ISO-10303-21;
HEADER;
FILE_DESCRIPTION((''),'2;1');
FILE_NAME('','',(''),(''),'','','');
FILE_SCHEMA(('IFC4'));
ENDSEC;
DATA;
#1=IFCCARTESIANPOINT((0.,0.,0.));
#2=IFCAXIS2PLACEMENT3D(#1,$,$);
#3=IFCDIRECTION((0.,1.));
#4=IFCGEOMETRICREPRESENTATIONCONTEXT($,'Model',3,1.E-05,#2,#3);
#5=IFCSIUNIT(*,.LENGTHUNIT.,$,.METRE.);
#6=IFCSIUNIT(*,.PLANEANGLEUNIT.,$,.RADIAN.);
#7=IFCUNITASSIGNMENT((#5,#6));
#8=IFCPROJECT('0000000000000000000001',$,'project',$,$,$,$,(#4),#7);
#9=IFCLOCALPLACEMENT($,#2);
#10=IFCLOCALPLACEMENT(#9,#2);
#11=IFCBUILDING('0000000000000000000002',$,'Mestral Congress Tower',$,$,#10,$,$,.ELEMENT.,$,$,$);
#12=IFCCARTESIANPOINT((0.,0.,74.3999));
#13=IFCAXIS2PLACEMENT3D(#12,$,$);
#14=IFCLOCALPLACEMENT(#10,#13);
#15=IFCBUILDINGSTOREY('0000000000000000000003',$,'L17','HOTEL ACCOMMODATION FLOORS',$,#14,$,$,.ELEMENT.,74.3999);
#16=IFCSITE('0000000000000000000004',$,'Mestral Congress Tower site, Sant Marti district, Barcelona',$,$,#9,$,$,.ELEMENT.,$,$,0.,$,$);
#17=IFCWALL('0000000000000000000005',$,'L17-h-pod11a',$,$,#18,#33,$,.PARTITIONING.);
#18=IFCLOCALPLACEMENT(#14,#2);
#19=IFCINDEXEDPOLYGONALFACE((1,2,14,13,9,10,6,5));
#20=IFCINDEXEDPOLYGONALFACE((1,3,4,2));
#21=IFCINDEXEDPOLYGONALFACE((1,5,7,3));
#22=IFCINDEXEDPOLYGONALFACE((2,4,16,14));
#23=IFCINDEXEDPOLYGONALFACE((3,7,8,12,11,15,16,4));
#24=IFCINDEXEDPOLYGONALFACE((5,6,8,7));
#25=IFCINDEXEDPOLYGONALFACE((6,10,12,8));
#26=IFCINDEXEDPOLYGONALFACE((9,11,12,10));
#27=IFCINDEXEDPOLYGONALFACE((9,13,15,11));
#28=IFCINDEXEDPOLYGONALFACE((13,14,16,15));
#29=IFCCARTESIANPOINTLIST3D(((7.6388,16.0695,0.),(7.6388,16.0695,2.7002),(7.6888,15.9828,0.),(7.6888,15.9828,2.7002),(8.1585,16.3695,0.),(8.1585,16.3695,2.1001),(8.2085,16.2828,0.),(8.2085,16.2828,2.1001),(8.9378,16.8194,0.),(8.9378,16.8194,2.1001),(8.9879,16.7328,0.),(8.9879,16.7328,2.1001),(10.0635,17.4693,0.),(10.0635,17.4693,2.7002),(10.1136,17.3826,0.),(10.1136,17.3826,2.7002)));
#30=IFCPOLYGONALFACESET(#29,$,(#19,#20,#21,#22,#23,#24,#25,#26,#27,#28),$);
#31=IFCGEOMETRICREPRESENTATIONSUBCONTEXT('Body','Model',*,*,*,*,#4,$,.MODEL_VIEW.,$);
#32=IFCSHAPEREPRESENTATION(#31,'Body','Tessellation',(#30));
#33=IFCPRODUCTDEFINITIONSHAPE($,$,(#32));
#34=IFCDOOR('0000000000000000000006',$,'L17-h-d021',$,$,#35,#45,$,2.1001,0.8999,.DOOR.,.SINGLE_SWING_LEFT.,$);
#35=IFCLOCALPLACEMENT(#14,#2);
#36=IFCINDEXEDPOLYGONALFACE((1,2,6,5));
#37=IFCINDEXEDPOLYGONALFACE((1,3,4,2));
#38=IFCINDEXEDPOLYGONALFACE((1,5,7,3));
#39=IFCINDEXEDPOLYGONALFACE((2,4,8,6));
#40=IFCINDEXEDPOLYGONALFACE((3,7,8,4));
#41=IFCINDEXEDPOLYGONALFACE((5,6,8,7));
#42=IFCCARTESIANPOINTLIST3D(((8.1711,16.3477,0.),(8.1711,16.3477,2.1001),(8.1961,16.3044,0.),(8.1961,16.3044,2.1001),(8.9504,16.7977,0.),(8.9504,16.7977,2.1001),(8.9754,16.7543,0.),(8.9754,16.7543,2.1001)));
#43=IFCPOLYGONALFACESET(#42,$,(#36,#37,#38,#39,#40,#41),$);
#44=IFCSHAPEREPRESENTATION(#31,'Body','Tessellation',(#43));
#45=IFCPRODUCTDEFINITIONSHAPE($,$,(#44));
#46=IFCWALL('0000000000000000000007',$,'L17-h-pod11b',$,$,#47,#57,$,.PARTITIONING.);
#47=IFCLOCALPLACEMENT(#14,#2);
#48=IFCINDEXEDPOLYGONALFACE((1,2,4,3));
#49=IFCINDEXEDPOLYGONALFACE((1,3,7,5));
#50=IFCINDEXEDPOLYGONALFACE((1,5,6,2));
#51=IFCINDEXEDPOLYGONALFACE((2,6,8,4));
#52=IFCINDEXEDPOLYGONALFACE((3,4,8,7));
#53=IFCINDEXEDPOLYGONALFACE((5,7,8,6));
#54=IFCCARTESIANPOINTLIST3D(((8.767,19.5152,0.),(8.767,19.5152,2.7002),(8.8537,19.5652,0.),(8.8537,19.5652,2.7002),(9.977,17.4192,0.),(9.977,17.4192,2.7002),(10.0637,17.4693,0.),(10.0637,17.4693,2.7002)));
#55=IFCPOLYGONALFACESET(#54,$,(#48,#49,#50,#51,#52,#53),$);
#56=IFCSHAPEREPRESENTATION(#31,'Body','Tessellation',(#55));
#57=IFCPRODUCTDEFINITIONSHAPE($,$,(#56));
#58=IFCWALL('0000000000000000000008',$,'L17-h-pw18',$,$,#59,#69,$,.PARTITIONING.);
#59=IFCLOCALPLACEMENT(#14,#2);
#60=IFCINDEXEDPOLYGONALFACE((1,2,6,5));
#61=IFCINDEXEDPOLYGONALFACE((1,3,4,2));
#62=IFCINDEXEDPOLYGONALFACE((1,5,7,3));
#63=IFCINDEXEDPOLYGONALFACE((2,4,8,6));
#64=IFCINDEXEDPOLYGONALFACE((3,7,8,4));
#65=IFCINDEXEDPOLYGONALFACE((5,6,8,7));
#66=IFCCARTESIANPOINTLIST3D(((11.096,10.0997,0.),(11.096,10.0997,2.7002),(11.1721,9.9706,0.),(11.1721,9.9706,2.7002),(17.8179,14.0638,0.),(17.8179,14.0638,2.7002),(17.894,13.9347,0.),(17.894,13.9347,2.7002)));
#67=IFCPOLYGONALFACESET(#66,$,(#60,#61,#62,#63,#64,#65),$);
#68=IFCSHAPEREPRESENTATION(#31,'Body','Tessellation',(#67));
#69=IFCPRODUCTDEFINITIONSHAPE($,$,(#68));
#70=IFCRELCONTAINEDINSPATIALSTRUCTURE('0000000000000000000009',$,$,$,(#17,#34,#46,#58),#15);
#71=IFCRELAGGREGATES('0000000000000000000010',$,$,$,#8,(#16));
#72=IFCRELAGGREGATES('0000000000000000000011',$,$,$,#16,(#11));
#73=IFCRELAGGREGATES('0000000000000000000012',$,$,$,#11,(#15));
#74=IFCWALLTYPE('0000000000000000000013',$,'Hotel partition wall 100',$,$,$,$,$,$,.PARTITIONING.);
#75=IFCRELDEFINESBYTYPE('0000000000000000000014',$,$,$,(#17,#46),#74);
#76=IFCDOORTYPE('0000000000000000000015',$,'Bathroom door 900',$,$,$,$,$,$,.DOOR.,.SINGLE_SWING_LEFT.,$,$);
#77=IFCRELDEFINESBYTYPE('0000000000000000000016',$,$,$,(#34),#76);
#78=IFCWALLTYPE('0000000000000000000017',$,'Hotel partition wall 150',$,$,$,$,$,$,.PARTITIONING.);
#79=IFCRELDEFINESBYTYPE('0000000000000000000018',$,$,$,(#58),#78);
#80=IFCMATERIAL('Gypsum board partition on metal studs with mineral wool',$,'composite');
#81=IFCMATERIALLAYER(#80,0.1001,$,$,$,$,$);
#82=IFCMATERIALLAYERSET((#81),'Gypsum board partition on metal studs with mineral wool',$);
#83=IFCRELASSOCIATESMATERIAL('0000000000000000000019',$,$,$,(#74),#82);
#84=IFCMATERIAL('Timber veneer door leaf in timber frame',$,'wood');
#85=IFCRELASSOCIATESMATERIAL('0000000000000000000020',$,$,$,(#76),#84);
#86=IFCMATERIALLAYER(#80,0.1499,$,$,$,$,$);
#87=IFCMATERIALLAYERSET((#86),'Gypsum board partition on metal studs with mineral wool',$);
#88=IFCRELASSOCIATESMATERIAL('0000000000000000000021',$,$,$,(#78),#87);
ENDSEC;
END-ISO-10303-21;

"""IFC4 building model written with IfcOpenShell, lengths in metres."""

from ifc_helpers import new_model, si_unit, direction, frame, frame_2d, origin, place, context, subcontext, project, spatial, rectangle, extrude, material, layer, layer_set, type_object, element, fill, save


model = new_model("IFC4")

# Units and contexts
model_context = context("Model", 3, precision=1e-05, world=origin(), true_north=direction((0.0, 1.0)))
body_context = subcontext(model_context, "Body", "Model", "MODEL_VIEW")
ifc_project = project(units=[si_unit("LENGTHUNIT", "METRE"), si_unit("PLANEANGLEUNIT", "RADIAN")], contexts=[model_context])

# Site, building, storey
site_placement = place(None, origin())
site = spatial("IfcSite", under=ifc_project, at=site_placement, Name="Mestral Congress Tower site, Sant Marti district, Barcelona", CompositionType="ELEMENT", RefElevation=0.0)
building_placement = place(site_placement, origin())
building = spatial("IfcBuilding", under=site, at=building_placement, Name="Mestral Congress Tower", CompositionType="ELEMENT")
storey_placement = place(building_placement, frame((0.0, 0.0, 74.3999)))
storey = spatial("IfcBuildingStorey", under=building, at=storey_placement, Name="L17", Description="HOTEL ACCOMMODATION FLOORS", CompositionType="ELEMENT", Elevation=74.3999)

# Wall, opening, door
ifc_material_1 = material(Name="Gypsum board partition on metal studs with mineral wool", Category="composite")
ifc_layer_1 = layer(ifc_material_1, 0.1001)
ifc_layer_set_1 = layer_set([ifc_layer_1], Name="Gypsum board partition on metal studs with mineral wool")
wall_type_1 = type_object("IfcWallType", Name="Hotel partition wall 100", PredefinedType="PARTITIONING", material=ifc_layer_set_1)
wall_1_placement = place(storey_placement, frame((7.6638, 16.0261, 0.0), z_axis=(0.0, 0.0, 1.0), x_axis=(0.866035, 0.499984, 0.0)))
wall_1 = element("IfcWall", 1, at=wall_1_placement, inside=storey, type_object=wall_type_1, Name="L17-h-pod11a", PredefinedType="PARTITIONING", context=body_context, shape_type="SweptSolid", body=[
    extrude(rectangle(XDim=2.7998, YDim=0.1001, at=frame_2d((1.3999, 0.0))), origin(), (0.0, 0.0, 1.0), 2.7002),
])
opening_1_placement = place(wall_1_placement, frame((0.6001, 0.0, 0.0)))
opening_1 = element("IfcOpeningElement", 2, at=opening_1_placement, cuts=wall_1, PredefinedType="OPENING", context=body_context, shape_type="SweptSolid", body=[
    extrude(rectangle(XDim=0.8999, YDim=2.1001, at=frame_2d((0.45, 1.05))), frame((0.0, 0.0601, 0.0), z_axis=(0.0, -1.0, 0.0), x_axis=(1.0, 0.0, 0.0)), (0.0, 0.0, 1.0), 0.1201),
])
ifc_material_2 = material(Name="Timber veneer door leaf in timber frame", Category="wood")
door_type = type_object("IfcDoorType", Name="Bathroom door 900", OperationType="SINGLE_SWING_LEFT", PredefinedType="DOOR", material=ifc_material_2)
door_placement = place(opening_1_placement, origin())
door = element("IfcDoor", 3, at=door_placement, inside=storey, type_object=door_type, Name="L17-h-d021", OperationType="SINGLE_SWING_LEFT", OverallHeight=2.1001, OverallWidth=0.8999, PredefinedType="DOOR", context=body_context, shape_type="SweptSolid", body=[
    extrude(rectangle(XDim=0.8999, YDim=2.1001, at=frame_2d((0.45, 1.05))), frame((0.0, 0.0249, 0.0), z_axis=(0.0, -1.0, 0.0), x_axis=(1.0, 0.0, 0.0)), (0.0, 0.0, 1.0), 0.05),
])
fill(opening_1, door)

# Walls
wall_2_placement = place(storey_placement, frame((10.0203, 17.4443, 0.0), z_axis=(0.0, 0.0, 1.0), x_axis=(-0.499958, 0.86605, 0.0)))
element("IfcWall", 4, at=wall_2_placement, inside=storey, type_object=wall_type_1, Name="L17-h-pod11b", PredefinedType="PARTITIONING", context=body_context, shape_type="SweptSolid", body=[
    extrude(rectangle(XDim=2.4202, YDim=0.1001, at=frame_2d((1.21, 0.0))), origin(), (0.0, 0.0, 1.0), 2.7002),
])
ifc_layer_2 = layer(ifc_material_1, 0.1499)
ifc_layer_set_2 = layer_set([ifc_layer_2], Name="Gypsum board partition on metal studs with mineral wool")
wall_type_2 = type_object("IfcWallType", Name="Hotel partition wall 150", PredefinedType="PARTITIONING", material=ifc_layer_set_2)
wall_3_placement = place(storey_placement, frame((17.856, 13.9993, 0.0), z_axis=(0.0, 0.0, 1.0), x_axis=(-0.861372, -0.507975, 0.0)))
element("IfcWall", 5, at=wall_3_placement, inside=storey, type_object=wall_type_2, Name="L17-h-pw18", PredefinedType="PARTITIONING", context=body_context, shape_type="SweptSolid", body=[
    extrude(rectangle(XDim=7.8037, YDim=0.1499, at=frame_2d((3.9019, 0.0))), origin(), (0.0, 0.0, 1.0), 2.7002),
])

save(model, "model.ifc")
